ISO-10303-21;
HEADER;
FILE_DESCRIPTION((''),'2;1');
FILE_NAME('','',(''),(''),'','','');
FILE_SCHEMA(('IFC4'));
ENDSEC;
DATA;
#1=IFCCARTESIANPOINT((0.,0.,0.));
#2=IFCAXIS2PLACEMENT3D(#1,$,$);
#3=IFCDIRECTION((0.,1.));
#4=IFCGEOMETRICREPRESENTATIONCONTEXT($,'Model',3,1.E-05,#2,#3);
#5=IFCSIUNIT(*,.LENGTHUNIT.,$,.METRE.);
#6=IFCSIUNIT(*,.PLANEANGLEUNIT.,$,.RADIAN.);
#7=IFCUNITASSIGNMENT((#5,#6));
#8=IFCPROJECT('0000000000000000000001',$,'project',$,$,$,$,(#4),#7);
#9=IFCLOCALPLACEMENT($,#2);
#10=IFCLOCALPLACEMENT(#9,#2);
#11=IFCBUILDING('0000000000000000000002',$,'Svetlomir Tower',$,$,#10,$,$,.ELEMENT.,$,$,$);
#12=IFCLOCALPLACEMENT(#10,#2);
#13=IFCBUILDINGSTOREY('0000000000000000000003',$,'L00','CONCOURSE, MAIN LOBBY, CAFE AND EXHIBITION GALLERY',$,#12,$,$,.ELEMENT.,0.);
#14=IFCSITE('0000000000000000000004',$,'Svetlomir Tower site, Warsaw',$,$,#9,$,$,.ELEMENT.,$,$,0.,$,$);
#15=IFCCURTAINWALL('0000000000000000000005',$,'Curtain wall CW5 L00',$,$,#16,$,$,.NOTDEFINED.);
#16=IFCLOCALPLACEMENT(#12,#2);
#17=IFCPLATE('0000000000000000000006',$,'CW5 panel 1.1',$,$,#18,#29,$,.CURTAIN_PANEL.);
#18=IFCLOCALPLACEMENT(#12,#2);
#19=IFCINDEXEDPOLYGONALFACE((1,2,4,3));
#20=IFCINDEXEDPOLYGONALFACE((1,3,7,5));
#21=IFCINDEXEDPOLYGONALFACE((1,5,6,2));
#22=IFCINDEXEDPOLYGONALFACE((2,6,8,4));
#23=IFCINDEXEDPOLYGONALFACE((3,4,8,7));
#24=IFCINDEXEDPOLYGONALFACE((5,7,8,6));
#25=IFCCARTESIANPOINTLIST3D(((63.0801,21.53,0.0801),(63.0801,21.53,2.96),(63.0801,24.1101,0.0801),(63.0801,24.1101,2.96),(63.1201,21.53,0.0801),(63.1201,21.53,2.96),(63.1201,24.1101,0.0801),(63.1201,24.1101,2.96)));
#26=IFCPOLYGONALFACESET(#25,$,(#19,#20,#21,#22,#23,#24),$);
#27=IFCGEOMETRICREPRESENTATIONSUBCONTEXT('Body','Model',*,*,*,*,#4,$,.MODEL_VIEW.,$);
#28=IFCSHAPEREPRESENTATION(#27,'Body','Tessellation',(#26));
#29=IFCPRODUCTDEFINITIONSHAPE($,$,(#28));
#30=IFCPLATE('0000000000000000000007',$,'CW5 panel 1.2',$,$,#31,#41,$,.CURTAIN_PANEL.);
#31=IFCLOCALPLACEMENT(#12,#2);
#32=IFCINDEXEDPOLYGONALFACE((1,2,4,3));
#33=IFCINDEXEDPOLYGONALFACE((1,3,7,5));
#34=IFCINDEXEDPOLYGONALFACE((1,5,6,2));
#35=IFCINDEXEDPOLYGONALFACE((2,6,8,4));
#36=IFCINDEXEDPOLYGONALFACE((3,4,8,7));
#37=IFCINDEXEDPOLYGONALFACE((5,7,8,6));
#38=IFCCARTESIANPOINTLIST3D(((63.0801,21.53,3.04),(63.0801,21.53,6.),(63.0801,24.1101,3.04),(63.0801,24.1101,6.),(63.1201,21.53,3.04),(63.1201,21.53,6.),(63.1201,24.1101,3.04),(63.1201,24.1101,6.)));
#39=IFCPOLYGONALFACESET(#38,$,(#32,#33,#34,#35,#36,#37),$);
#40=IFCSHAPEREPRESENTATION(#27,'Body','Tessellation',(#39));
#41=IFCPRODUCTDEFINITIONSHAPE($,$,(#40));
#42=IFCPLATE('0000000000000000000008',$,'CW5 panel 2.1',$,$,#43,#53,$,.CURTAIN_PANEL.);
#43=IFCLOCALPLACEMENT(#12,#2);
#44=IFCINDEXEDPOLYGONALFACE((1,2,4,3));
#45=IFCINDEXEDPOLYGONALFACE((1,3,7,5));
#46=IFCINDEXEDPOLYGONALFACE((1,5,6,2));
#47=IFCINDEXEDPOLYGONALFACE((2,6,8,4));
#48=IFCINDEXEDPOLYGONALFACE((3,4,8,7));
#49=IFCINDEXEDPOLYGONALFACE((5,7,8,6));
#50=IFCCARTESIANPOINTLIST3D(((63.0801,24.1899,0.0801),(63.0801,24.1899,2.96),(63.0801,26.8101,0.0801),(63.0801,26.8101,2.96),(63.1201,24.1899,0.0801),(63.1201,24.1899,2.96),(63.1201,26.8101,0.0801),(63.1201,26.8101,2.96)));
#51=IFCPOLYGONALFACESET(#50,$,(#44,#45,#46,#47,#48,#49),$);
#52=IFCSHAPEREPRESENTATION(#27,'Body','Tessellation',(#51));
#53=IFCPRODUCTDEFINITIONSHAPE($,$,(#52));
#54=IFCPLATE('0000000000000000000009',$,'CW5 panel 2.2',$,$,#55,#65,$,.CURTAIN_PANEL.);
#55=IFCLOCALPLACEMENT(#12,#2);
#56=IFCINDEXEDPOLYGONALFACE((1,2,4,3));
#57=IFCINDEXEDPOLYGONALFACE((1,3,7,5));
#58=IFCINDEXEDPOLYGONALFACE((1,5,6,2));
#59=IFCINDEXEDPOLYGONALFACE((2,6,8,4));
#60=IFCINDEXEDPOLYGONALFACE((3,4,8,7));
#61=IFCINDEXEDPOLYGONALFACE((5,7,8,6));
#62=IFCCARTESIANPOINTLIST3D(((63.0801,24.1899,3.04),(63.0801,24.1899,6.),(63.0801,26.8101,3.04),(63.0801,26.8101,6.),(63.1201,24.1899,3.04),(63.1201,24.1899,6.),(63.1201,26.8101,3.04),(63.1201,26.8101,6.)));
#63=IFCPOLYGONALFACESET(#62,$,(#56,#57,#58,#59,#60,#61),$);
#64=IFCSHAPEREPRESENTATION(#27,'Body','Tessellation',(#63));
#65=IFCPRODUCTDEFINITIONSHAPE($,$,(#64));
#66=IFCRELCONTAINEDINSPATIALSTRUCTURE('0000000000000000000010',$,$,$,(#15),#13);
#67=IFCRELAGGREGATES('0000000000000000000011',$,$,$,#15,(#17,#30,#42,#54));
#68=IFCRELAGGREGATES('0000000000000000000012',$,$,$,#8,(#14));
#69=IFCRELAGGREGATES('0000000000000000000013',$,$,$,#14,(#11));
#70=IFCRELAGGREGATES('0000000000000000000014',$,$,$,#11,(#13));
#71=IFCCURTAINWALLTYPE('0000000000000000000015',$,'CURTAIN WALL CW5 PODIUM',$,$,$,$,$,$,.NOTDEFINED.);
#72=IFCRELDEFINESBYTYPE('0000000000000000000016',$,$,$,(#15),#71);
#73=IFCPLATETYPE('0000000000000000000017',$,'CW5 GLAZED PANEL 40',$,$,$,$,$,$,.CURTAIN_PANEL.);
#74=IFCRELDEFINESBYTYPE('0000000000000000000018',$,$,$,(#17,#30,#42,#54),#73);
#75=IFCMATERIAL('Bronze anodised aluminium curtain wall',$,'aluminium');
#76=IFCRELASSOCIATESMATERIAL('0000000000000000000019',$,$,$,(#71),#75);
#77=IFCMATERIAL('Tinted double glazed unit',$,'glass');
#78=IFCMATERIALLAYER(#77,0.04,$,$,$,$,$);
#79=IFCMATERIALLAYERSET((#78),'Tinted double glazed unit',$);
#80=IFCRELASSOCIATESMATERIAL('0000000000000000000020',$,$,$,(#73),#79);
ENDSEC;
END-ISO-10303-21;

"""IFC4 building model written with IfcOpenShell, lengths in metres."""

from ifc_helpers import new_model, si_unit, direction, frame, origin, origin_2d, place, context, subcontext, project, spatial, rectangle, extrude, material, layer, layer_set, type_object, element, aggregate, save


model = new_model("IFC4")

# Units and contexts
model_context = context("Model", 3, precision=1e-05, world=origin(), true_north=direction((0.0, 1.0)))
body_context = subcontext(model_context, "Body", "Model", "MODEL_VIEW")
ifc_project = project(units=[si_unit("LENGTHUNIT", "METRE"), si_unit("PLANEANGLEUNIT", "RADIAN")], contexts=[model_context])

# Site, building, storey
site_placement = place(None, origin())
site = spatial("IfcSite", under=ifc_project, at=site_placement, Name="Svetlomir Tower site, Warsaw", CompositionType="ELEMENT", RefElevation=0.0)
building_placement = place(site_placement, origin())
building = spatial("IfcBuilding", under=site, at=building_placement, Name="Svetlomir Tower", CompositionType="ELEMENT")
storey_placement = place(building_placement, origin())
storey = spatial("IfcBuildingStorey", under=building, at=storey_placement, Name="L00", Description="CONCOURSE, MAIN LOBBY, CAFE AND EXHIBITION GALLERY", CompositionType="ELEMENT", Elevation=0.0)

# Curtain wall
ifc_material_1 = material(Name="Bronze anodised aluminium curtain wall", Category="aluminium")
curtain_wall_type = type_object("IfcCurtainWallType", Name="CURTAIN WALL CW5 PODIUM", PredefinedType="NOTDEFINED", material=ifc_material_1)
curtain_wall_placement = place(storey_placement, origin())
curtain_wall = element("IfcCurtainWall", 1, at=curtain_wall_placement, inside=storey, type_object=curtain_wall_type, Name="Curtain wall CW5 L00", PredefinedType="NOTDEFINED")

# Plates
ifc_material_2 = material(Name="Tinted double glazed unit", Category="glass")
ifc_layer = layer(ifc_material_2, 0.04)
ifc_layer_set = layer_set([ifc_layer], Name="Tinted double glazed unit")
plate_type = type_object("IfcPlateType", Name="CW5 GLAZED PANEL 40", PredefinedType="CURTAIN_PANEL", material=ifc_layer_set)
plate_1_placement = place(storey_placement, frame((63.1001, 22.8201, 0.0801), z_axis=(0.0, 0.0, 1.0), x_axis=(0.0, 1.0, 0.0)))
plate_1 = element("IfcPlate", 2, at=plate_1_placement, type_object=plate_type, Name="CW5 panel 1.1", PredefinedType="CURTAIN_PANEL", context=body_context, shape_type="SweptSolid", body=[
    extrude(rectangle(XDim=2.5801, YDim=0.04, at=origin_2d()), origin(), (0.0, 0.0, 1.0), 2.8799),
])
plate_2_placement = place(storey_placement, frame((63.1001, 22.8201, 3.04), z_axis=(0.0, 0.0, 1.0), x_axis=(0.0, 1.0, 0.0)))
plate_2 = element("IfcPlate", 3, at=plate_2_placement, type_object=plate_type, Name="CW5 panel 1.2", PredefinedType="CURTAIN_PANEL", context=body_context, shape_type="SweptSolid", body=[
    extrude(rectangle(XDim=2.5801, YDim=0.04, at=origin_2d()), origin(), (0.0, 0.0, 1.0), 2.96),
])
plate_3_placement = place(storey_placement, frame((63.1001, 25.5, 0.0801), z_axis=(0.0, 0.0, 1.0), x_axis=(0.0, 1.0, 0.0)))
plate_3 = element("IfcPlate", 4, at=plate_3_placement, type_object=plate_type, Name="CW5 panel 2.1", PredefinedType="CURTAIN_PANEL", context=body_context, shape_type="SweptSolid", body=[
    extrude(rectangle(XDim=2.6201, YDim=0.04, at=origin_2d()), origin(), (0.0, 0.0, 1.0), 2.8799),
])
plate_4_placement = place(storey_placement, frame((63.1001, 25.5, 3.04), z_axis=(0.0, 0.0, 1.0), x_axis=(0.0, 1.0, 0.0)))
plate_4 = element("IfcPlate", 5, at=plate_4_placement, type_object=plate_type, Name="CW5 panel 2.2", PredefinedType="CURTAIN_PANEL", context=body_context, shape_type="SweptSolid", body=[
    extrude(rectangle(XDim=2.6201, YDim=0.04, at=origin_2d()), origin(), (0.0, 0.0, 1.0), 2.96),
])
aggregate(curtain_wall, [plate_1, plate_2, plate_3, plate_4])

save(model, "model.ifc")
